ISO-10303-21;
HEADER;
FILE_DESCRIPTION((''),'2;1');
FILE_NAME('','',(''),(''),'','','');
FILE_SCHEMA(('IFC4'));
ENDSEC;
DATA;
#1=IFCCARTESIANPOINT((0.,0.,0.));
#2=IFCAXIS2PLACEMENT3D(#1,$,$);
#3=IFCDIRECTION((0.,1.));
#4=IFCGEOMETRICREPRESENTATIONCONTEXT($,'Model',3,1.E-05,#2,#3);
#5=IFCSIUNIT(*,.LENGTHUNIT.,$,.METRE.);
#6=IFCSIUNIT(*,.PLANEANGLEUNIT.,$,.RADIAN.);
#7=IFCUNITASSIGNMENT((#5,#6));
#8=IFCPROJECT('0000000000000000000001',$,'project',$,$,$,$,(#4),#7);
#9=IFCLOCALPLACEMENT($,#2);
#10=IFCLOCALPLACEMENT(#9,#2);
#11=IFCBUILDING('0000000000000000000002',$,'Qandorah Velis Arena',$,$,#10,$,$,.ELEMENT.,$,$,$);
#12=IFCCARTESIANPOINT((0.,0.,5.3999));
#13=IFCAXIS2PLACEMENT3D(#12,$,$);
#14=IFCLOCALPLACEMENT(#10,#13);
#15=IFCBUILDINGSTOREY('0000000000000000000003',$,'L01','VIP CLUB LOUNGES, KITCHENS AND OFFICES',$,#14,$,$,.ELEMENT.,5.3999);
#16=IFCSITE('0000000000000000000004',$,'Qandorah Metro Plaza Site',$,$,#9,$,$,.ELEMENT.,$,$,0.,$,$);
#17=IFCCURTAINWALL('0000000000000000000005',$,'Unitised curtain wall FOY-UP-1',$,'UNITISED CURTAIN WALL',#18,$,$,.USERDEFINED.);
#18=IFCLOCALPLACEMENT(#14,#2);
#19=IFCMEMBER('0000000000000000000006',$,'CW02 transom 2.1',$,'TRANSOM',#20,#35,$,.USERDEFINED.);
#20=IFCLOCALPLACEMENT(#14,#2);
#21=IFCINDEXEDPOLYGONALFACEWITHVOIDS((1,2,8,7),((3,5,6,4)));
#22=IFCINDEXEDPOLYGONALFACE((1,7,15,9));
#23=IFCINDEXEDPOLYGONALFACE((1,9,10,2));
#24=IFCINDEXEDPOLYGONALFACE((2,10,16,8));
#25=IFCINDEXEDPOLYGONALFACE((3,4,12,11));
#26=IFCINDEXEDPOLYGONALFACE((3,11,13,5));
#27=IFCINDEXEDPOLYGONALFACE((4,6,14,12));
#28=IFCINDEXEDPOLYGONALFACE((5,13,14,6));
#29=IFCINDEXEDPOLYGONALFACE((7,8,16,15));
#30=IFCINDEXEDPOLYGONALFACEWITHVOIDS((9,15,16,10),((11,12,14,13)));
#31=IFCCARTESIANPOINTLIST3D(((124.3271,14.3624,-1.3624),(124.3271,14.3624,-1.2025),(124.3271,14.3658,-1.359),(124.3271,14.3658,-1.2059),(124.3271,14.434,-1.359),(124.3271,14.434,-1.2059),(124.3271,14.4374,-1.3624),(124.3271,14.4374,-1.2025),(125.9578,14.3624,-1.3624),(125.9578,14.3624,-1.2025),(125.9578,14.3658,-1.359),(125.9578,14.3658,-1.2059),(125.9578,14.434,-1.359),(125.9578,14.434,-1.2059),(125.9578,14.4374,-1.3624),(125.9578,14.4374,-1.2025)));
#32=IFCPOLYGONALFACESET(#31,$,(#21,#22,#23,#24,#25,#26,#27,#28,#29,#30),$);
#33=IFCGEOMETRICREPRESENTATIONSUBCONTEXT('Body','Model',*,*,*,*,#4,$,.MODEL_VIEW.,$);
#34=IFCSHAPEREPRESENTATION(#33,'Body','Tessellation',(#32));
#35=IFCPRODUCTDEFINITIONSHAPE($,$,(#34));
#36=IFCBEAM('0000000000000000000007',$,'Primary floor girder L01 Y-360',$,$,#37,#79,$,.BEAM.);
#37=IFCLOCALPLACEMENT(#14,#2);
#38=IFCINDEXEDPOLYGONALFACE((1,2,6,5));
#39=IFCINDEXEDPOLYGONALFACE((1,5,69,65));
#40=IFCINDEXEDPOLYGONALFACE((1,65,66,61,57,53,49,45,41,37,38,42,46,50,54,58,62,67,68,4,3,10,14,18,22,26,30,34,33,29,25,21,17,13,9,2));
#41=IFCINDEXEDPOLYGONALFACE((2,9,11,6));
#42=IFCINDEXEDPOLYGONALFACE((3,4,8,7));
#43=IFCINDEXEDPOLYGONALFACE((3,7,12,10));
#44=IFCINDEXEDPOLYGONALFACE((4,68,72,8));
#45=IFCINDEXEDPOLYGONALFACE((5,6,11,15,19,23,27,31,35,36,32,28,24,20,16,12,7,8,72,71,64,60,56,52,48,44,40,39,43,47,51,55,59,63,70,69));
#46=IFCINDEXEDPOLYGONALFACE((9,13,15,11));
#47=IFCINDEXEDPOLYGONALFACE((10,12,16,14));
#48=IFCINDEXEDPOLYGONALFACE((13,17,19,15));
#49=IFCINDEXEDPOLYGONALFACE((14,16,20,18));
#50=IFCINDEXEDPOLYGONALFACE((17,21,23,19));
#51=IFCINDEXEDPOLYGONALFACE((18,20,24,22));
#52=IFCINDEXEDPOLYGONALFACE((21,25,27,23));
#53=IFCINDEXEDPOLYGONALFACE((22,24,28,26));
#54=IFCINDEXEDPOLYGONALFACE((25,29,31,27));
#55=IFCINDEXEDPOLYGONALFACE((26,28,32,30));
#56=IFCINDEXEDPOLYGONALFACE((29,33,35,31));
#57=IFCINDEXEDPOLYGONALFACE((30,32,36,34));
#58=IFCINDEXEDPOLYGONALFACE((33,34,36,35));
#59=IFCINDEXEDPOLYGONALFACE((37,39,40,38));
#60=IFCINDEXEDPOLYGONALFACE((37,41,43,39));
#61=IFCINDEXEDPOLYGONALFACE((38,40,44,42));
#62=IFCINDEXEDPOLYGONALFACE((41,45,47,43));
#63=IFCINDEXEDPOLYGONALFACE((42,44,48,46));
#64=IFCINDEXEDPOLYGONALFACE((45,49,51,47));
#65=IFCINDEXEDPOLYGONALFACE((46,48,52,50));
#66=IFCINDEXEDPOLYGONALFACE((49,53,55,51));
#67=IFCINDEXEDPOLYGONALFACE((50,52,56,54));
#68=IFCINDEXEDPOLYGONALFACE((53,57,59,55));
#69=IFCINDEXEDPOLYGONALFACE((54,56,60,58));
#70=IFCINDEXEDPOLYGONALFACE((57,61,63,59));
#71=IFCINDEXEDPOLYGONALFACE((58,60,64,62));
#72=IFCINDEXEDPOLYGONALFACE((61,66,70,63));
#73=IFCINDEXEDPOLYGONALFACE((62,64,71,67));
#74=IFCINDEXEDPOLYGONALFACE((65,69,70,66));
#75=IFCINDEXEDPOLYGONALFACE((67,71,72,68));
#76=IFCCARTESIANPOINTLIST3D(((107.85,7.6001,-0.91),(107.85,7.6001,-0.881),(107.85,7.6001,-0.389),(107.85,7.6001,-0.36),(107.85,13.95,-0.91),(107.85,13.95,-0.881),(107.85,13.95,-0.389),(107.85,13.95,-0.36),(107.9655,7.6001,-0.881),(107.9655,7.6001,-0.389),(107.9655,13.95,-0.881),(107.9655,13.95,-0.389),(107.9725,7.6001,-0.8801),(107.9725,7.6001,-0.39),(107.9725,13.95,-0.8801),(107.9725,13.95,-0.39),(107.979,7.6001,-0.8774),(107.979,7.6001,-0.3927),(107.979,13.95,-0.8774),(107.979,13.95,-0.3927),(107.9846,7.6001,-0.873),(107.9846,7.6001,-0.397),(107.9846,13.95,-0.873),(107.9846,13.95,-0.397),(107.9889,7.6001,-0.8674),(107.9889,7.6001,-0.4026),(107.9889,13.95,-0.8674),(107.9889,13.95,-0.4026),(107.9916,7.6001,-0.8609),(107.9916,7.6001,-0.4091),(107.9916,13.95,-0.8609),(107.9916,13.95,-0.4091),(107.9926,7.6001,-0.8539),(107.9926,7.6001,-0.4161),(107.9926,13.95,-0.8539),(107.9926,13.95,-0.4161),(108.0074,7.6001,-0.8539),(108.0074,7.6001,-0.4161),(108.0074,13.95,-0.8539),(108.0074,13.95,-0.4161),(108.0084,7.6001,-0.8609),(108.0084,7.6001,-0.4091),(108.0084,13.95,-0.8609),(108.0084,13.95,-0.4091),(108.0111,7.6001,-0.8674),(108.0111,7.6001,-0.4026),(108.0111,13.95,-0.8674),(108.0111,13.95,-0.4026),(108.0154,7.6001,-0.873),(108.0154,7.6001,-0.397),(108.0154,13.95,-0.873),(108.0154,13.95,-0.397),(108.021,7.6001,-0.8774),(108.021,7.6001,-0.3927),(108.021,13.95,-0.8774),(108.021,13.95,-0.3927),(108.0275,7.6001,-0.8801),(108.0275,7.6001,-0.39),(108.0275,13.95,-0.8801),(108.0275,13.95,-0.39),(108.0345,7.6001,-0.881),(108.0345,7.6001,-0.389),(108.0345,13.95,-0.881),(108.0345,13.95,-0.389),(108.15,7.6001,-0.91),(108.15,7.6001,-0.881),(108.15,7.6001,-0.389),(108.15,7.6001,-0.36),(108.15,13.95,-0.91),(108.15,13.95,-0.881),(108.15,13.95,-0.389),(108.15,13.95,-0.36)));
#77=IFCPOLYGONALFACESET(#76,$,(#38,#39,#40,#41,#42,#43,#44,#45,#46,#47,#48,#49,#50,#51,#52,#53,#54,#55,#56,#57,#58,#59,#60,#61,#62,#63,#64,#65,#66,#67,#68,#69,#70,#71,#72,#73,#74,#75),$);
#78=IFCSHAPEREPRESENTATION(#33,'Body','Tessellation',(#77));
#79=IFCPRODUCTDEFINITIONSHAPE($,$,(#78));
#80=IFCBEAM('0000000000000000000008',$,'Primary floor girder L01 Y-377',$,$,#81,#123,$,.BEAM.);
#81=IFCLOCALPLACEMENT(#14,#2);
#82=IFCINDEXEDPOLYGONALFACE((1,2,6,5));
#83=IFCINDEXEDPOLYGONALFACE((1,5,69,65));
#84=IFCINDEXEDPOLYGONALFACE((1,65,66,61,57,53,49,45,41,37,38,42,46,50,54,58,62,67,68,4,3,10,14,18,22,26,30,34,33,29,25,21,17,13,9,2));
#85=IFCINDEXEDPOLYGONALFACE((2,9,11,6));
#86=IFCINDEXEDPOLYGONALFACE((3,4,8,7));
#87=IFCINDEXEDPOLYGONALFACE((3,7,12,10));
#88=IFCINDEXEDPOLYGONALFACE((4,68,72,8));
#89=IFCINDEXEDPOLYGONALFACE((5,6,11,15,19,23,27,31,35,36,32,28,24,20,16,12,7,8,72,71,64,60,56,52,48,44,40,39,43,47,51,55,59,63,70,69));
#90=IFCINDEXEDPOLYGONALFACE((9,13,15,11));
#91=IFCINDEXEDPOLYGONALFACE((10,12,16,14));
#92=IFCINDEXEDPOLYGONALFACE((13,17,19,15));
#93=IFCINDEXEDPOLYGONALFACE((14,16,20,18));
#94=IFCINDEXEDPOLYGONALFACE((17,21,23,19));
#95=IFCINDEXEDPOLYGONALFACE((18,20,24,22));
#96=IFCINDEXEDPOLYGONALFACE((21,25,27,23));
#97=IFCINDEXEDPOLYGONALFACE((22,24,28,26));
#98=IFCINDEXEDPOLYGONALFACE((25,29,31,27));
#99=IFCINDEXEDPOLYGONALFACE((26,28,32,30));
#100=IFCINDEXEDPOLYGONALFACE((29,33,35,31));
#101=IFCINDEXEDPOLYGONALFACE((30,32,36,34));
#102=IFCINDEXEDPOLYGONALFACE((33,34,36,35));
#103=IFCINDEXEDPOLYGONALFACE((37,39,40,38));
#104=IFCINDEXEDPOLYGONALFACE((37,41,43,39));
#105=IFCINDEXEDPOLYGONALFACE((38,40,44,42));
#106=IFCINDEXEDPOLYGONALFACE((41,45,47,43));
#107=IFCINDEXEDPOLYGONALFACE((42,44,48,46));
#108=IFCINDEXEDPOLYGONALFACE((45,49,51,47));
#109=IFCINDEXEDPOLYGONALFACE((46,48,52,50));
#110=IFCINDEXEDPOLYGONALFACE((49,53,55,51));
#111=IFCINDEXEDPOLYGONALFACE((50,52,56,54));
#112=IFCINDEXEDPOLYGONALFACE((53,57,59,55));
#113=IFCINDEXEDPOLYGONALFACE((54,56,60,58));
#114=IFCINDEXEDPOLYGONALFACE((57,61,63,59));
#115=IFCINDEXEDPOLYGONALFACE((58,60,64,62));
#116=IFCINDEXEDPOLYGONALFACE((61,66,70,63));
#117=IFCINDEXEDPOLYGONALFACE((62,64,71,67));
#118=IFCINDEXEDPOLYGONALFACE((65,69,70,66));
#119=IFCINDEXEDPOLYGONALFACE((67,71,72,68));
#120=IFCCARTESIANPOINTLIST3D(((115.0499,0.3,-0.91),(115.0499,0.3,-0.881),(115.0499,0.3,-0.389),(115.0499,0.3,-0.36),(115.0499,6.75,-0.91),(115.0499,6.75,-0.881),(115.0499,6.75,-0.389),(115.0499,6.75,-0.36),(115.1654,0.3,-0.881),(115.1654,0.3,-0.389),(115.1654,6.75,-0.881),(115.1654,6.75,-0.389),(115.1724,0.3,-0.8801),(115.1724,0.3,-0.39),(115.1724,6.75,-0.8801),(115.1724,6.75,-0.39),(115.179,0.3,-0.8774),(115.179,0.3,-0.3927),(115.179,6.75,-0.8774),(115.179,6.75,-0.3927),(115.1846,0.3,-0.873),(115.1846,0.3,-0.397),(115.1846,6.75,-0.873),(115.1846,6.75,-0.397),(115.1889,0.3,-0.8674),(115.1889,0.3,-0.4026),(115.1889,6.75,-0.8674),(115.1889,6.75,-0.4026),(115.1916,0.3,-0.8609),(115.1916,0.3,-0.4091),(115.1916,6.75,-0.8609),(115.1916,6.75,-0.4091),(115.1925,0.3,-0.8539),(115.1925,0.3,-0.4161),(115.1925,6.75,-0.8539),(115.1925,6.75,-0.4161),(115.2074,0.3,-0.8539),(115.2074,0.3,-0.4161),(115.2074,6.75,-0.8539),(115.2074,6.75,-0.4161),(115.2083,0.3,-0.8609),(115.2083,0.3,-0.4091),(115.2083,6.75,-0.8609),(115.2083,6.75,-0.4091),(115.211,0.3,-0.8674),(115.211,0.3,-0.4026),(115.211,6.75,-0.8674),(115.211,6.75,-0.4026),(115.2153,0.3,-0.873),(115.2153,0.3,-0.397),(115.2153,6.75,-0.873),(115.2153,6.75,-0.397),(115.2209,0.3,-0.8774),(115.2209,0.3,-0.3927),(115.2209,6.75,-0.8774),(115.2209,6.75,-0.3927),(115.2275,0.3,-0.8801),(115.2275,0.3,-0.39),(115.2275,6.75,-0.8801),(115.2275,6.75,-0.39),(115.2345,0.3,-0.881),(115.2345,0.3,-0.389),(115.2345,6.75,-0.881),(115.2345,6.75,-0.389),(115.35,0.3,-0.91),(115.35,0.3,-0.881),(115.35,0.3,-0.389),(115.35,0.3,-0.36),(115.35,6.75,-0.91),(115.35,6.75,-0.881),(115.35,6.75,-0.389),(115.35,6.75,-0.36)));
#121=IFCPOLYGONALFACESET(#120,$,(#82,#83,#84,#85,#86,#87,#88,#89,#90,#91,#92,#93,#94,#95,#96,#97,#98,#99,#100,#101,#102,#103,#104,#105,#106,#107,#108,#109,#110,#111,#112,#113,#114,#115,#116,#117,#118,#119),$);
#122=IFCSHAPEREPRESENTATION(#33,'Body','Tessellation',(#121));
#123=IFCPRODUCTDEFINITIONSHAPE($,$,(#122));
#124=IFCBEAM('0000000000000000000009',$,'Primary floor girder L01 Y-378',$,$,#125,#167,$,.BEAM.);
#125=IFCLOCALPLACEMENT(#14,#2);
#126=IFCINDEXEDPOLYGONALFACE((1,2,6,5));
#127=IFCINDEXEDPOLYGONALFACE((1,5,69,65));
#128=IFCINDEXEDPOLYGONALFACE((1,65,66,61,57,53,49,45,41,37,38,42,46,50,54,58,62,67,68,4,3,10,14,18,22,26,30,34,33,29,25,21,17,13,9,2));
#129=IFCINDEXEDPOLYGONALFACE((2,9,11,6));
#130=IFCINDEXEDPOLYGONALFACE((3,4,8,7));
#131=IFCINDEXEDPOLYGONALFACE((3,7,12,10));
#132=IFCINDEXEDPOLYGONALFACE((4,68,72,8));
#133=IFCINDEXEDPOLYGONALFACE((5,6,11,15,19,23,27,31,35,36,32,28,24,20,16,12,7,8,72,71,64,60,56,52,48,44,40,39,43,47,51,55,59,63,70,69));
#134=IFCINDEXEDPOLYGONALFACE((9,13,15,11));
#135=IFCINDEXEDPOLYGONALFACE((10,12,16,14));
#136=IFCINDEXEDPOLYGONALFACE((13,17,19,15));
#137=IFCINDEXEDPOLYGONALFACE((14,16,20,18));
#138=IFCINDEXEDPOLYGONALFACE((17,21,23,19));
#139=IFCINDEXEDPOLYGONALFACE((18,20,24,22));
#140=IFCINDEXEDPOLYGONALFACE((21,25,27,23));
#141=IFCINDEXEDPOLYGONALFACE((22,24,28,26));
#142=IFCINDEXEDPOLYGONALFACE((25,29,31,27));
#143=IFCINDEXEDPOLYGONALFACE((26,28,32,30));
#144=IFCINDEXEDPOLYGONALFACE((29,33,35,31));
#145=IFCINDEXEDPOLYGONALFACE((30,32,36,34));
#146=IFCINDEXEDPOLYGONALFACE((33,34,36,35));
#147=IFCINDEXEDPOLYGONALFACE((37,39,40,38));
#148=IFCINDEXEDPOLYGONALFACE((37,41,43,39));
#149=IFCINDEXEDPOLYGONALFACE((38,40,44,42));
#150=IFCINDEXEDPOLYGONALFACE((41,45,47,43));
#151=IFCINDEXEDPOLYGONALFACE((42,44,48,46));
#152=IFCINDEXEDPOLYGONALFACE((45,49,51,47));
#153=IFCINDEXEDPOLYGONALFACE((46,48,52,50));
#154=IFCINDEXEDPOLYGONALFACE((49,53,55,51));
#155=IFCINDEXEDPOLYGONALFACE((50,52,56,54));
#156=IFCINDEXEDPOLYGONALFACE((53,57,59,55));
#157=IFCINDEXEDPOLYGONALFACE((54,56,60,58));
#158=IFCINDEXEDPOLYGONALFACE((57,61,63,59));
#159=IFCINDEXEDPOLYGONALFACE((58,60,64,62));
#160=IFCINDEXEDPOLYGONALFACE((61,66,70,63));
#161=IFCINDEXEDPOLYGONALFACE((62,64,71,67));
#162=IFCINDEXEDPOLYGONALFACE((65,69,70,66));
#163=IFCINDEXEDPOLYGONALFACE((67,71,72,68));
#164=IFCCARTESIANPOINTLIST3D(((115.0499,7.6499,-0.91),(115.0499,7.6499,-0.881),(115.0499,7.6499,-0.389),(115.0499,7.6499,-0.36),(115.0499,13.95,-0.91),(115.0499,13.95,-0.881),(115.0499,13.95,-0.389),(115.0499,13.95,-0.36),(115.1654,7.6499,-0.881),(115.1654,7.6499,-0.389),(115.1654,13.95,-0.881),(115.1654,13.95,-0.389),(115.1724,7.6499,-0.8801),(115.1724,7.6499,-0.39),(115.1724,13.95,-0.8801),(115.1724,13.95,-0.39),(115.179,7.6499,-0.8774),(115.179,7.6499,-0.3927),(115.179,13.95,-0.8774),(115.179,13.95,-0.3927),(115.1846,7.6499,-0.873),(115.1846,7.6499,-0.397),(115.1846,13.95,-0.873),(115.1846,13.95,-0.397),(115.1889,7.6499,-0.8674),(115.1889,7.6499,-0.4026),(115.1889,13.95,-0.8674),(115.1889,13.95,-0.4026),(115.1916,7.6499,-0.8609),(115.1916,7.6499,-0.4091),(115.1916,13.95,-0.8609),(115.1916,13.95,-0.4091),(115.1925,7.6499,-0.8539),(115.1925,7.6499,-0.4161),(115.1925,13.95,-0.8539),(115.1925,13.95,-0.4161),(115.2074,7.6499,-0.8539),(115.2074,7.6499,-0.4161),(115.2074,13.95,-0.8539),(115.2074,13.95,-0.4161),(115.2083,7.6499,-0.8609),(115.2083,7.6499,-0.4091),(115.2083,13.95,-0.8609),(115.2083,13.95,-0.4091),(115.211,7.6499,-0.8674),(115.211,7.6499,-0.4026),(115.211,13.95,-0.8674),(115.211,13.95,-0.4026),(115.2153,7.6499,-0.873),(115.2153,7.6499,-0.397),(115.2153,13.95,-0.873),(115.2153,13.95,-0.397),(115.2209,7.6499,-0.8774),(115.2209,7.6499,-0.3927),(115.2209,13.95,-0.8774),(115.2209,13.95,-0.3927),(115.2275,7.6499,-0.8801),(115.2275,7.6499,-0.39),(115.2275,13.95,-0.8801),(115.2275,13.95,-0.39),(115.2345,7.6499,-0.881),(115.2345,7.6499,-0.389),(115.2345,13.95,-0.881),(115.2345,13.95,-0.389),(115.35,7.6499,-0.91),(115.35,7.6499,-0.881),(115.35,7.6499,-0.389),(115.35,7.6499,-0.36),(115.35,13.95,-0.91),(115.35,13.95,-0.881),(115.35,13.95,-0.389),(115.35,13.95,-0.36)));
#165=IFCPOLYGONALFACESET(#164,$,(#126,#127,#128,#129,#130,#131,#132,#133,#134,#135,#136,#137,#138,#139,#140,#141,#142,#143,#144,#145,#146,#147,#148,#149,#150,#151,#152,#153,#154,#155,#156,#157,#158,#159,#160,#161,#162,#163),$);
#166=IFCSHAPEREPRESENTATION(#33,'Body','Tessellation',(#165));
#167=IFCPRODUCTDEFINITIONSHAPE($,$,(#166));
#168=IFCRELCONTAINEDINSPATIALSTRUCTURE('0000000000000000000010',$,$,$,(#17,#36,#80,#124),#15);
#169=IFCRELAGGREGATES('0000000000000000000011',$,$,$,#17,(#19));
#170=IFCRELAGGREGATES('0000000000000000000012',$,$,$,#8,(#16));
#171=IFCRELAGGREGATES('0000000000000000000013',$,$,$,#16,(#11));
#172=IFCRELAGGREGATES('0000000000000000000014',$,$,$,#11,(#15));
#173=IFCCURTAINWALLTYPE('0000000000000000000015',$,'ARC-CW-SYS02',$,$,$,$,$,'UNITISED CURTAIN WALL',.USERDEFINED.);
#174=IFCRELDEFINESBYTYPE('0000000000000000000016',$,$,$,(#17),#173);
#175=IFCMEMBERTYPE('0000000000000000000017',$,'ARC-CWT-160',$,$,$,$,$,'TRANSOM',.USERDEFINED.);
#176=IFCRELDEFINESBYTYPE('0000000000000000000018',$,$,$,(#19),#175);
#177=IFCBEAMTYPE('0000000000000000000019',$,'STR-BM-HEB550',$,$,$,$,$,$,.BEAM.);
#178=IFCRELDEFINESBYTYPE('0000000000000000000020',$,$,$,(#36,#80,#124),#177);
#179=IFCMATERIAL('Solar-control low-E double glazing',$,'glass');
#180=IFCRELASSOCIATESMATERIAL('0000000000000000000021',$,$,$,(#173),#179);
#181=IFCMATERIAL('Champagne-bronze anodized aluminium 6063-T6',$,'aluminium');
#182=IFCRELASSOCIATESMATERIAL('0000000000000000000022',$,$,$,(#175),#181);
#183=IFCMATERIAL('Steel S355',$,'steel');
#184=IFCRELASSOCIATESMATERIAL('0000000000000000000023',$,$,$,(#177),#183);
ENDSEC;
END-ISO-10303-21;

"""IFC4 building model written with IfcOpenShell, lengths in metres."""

from ifc_helpers import new_model, si_unit, direction, frame, origin, origin_2d, place, context, subcontext, project, spatial, hollow_rectangle, i_section, extrude, material, material_profile, profile_set, type_object, element, aggregate, save


model = new_model("IFC4")

# Units and contexts
model_context = context("Model", 3, precision=1e-05, world=origin(), true_north=direction((0.0, 1.0)))
body_context = subcontext(model_context, "Body", "Model", "MODEL_VIEW")
ifc_project = project(units=[si_unit("LENGTHUNIT", "METRE"), si_unit("PLANEANGLEUNIT", "RADIAN")], contexts=[model_context])

# Site, building, storey
site_placement = place(None, origin())
site = spatial("IfcSite", under=ifc_project, at=site_placement, Name="Qandorah Metro Plaza Site", CompositionType="ELEMENT", RefElevation=0.0)
building_placement = place(site_placement, origin())
building = spatial("IfcBuilding", under=site, at=building_placement, Name="Qandorah Velis Arena", CompositionType="ELEMENT")
storey_placement = place(building_placement, frame((0.0, 0.0, 5.3999)))
storey = spatial("IfcBuildingStorey", under=building, at=storey_placement, Name="L01", Description="VIP CLUB LOUNGES, KITCHENS AND OFFICES", CompositionType="ELEMENT", Elevation=5.3999)

# Curtain wall, member
ifc_material_1 = material(Name="Solar-control low-E double glazing", Category="glass")
curtain_wall_type = type_object("IfcCurtainWallType", Name="ARC-CW-SYS02", ElementType="UNITISED CURTAIN WALL", PredefinedType="USERDEFINED", material=ifc_material_1)
curtain_wall_placement = place(storey_placement, origin())
curtain_wall = element("IfcCurtainWall", 1, at=curtain_wall_placement, inside=storey, type_object=curtain_wall_type, Name="Unitised curtain wall FOY-UP-1", ObjectType="UNITISED CURTAIN WALL", PredefinedType="USERDEFINED")
ifc_material_2 = material(Name="Champagne-bronze anodized aluminium 6063-T6", Category="aluminium")
ifc_material_profile_1 = material_profile(ifc_material_2, hollow_rectangle(XDim=0.075, YDim=0.1599, WallThickness=0.0034, at=origin_2d()), Name="ALU TRANSOM 75x160")
ifc_profile_set_1 = profile_set([ifc_material_profile_1], Name="Champagne-bronze anodized aluminium 6063-T6")
member_type_1 = type_object("IfcMemberType", Name="ARC-CWT-160", ElementType="TRANSOM", PredefinedType="USERDEFINED", material=ifc_profile_set_1)
member_1_placement = place(storey_placement, frame((124.3271, 14.3999, -1.2825), z_axis=(1.0, 0.0, 0.0), x_axis=(0.0, 1.0, 0.0)))
member_1 = element("IfcMember", 2, at=member_1_placement, type_object=member_type_1, Name="CW02 transom 2.1", ObjectType="TRANSOM", PredefinedType="USERDEFINED", context=body_context, shape_type="SweptSolid", body=[
    extrude(hollow_rectangle(XDim=0.075, YDim=0.1599, WallThickness=0.0034, at=origin_2d()), origin(), (0.0, 0.0, 1.0), 1.6306),
])

# Beams
ifc_material_3 = material(Name="Steel S355", Category="steel")
ifc_material_profile_2 = material_profile(ifc_material_3, i_section(OverallWidth=0.3, OverallDepth=0.55, WebThickness=0.0149, FlangeThickness=0.0291, FilletRadius=0.0271, at=origin_2d()), Name="HEB 550")
ifc_profile_set_2 = profile_set([ifc_material_profile_2], Name="Steel S355")
beam_type_1 = type_object("IfcBeamType", Name="STR-BM-HEB550", PredefinedType="BEAM", material=ifc_profile_set_2)
beam_1_placement = place(storey_placement, frame((108.0, 7.6001, -0.635), z_axis=(0.0, 1.0, 0.0), x_axis=(-1.0, 0.0, 0.0)))
element("IfcBeam", 3, at=beam_1_placement, inside=storey, type_object=beam_type_1, Name="Primary floor girder L01 Y-360", PredefinedType="BEAM", context=body_context, shape_type="SweptSolid", body=[
    extrude(i_section(OverallWidth=0.3, OverallDepth=0.55, WebThickness=0.0149, FlangeThickness=0.0291, FilletRadius=0.0271, at=origin_2d()), origin(), (0.0, 0.0, 1.0), 6.3499),
])
beam_2_placement = place(storey_placement, frame((115.2, 0.3, -0.635), z_axis=(0.0, 1.0, 0.0), x_axis=(-1.0, 0.0, 0.0)))
element("IfcBeam", 4, at=beam_2_placement, inside=storey, type_object=beam_type_1, Name="Primary floor girder L01 Y-377", PredefinedType="BEAM", context=body_context, shape_type="SweptSolid", body=[
    extrude(i_section(OverallWidth=0.3, OverallDepth=0.55, WebThickness=0.0149, FlangeThickness=0.0291, FilletRadius=0.0271, at=origin_2d()), origin(), (0.0, 0.0, 1.0), 6.45),
])
beam_3_placement = place(storey_placement, frame((115.2, 7.6499, -0.635), z_axis=(0.0, 1.0, 0.0), x_axis=(-1.0, 0.0, 0.0)))
element("IfcBeam", 5, at=beam_3_placement, inside=storey, type_object=beam_type_1, Name="Primary floor girder L01 Y-378", PredefinedType="BEAM", context=body_context, shape_type="SweptSolid", body=[
    extrude(i_section(OverallWidth=0.3, OverallDepth=0.55, WebThickness=0.0149, FlangeThickness=0.0291, FilletRadius=0.0271, at=origin_2d()), origin(), (0.0, 0.0, 1.0), 6.3),
])

aggregate(curtain_wall, [member_1])

save(model, "model.ifc")
